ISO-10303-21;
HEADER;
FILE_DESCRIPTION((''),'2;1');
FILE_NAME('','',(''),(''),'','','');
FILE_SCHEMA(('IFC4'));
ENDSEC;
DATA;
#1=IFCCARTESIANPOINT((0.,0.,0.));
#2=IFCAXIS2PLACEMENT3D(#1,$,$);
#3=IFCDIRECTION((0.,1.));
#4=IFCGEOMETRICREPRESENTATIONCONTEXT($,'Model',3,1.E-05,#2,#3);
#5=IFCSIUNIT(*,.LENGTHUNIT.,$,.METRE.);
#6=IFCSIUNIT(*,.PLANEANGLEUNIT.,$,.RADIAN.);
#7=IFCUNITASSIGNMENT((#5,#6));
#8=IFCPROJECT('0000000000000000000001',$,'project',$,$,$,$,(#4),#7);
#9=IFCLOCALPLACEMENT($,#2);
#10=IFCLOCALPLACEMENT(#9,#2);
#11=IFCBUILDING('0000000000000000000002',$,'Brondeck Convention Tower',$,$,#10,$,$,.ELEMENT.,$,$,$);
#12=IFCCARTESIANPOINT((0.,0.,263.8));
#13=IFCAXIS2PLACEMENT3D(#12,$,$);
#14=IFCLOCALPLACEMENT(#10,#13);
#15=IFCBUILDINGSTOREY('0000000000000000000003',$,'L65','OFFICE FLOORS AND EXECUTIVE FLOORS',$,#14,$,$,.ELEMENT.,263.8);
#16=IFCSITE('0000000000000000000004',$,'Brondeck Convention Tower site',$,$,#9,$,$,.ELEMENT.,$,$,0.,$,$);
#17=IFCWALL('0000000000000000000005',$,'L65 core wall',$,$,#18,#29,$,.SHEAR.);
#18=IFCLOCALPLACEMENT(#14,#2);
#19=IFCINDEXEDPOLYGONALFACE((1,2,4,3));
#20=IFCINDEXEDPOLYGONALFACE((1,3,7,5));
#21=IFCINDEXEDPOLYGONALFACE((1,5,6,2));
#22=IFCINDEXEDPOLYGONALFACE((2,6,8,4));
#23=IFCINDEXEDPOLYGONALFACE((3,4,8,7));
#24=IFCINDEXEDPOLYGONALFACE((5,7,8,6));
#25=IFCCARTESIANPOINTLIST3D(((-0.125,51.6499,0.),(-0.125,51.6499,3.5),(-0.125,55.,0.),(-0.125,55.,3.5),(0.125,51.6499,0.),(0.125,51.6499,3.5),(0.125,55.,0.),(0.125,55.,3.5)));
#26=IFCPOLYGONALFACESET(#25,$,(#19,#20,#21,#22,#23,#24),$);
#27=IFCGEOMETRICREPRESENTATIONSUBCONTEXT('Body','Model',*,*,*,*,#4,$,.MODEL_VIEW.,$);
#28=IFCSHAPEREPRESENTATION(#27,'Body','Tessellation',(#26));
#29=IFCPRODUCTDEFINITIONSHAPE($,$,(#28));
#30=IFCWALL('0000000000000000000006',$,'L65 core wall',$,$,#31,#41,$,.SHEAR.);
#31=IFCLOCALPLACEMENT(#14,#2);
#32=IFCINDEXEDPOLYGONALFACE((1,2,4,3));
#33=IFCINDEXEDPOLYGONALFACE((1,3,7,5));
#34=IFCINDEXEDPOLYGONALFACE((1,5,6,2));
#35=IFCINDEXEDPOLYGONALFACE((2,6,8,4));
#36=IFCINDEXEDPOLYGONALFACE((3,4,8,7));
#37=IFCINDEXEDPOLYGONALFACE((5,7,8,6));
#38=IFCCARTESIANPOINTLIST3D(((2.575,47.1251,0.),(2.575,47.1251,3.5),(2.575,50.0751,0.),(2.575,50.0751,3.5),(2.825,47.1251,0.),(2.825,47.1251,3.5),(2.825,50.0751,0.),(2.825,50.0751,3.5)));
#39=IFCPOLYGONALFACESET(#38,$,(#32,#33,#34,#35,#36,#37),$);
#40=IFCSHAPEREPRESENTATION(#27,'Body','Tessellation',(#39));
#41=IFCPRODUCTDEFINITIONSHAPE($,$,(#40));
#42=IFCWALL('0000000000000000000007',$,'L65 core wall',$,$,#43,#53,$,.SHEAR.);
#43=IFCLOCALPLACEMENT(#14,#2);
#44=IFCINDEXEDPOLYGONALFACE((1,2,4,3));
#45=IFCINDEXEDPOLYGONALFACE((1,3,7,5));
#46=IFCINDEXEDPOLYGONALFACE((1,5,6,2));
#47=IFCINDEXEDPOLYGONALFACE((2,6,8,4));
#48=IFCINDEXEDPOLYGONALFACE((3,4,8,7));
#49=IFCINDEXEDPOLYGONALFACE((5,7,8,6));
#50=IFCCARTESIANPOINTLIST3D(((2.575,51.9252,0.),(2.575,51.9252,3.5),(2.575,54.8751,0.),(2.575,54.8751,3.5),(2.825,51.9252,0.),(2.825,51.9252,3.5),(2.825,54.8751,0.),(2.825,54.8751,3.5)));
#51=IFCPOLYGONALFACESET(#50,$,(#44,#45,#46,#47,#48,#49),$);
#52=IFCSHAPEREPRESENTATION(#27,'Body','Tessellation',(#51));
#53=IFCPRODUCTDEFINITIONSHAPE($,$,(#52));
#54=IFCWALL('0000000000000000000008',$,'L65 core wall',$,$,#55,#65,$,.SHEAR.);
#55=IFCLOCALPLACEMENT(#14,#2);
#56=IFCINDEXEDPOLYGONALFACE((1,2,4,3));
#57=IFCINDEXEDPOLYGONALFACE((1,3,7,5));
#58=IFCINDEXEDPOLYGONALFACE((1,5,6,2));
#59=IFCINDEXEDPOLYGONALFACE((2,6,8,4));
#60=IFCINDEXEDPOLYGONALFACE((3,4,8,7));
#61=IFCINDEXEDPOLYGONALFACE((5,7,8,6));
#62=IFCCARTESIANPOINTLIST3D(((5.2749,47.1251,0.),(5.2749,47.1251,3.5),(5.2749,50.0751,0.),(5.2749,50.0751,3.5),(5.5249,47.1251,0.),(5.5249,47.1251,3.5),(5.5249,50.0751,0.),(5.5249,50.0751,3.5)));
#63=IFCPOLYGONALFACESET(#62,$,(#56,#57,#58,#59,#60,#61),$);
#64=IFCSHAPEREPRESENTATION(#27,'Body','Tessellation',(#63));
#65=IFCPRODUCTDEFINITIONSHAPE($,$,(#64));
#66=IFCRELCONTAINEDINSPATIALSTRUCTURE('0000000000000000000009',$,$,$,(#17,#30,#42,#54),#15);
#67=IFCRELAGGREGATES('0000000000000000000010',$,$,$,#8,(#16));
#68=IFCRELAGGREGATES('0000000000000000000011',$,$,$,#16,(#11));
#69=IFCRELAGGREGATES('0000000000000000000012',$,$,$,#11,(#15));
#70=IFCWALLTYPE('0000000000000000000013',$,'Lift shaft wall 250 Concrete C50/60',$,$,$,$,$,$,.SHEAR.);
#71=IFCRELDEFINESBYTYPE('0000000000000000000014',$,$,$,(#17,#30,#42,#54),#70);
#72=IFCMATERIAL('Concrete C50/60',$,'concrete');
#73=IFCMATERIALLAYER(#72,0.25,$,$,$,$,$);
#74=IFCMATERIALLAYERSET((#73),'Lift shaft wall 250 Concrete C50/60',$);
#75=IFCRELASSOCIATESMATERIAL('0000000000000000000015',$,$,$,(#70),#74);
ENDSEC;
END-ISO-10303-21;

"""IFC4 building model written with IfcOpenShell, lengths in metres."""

from ifc_helpers import new_model, si_unit, direction, frame, frame_2d, origin, place, context, subcontext, project, spatial, rectangle, extrude, material, layer, layer_set, type_object, element, save


model = new_model("IFC4")

# Units and contexts
model_context = context("Model", 3, precision=1e-05, world=origin(), true_north=direction((0.0, 1.0)))
body_context = subcontext(model_context, "Body", "Model", "MODEL_VIEW")
ifc_project = project(units=[si_unit("LENGTHUNIT", "METRE"), si_unit("PLANEANGLEUNIT", "RADIAN")], contexts=[model_context])

# Site, building, storey
site_placement = place(None, origin())
site = spatial("IfcSite", under=ifc_project, at=site_placement, Name="Brondeck Convention Tower site", CompositionType="ELEMENT", RefElevation=0.0)
building_placement = place(site_placement, origin())
building = spatial("IfcBuilding", under=site, at=building_placement, Name="Brondeck Convention Tower", CompositionType="ELEMENT")
storey_placement = place(building_placement, frame((0.0, 0.0, 263.8)))
storey = spatial("IfcBuildingStorey", under=building, at=storey_placement, Name="L65", Description="OFFICE FLOORS AND EXECUTIVE FLOORS", CompositionType="ELEMENT", Elevation=263.8)

# Shared definitions
ifc_material_1 = material(Name="Concrete C50/60", Category="concrete")

# Shared definitions
ifc_layer_1 = layer(ifc_material_1, 0.25)
ifc_layer_set_1 = layer_set([ifc_layer_1], Name="Lift shaft wall 250 Concrete C50/60")
wall_type_1 = type_object("IfcWallType", Name="Lift shaft wall 250 Concrete C50/60", PredefinedType="SHEAR", material=ifc_layer_set_1)

# Walls
wall_1_placement = place(storey_placement, frame((0.0, 51.6499, 0.0), z_axis=(0.0, 0.0, 1.0), x_axis=(0.0, 1.0, 0.0)))
element("IfcWall", 1, at=wall_1_placement, inside=storey, type_object=wall_type_1, Name="L65 core wall", PredefinedType="SHEAR", context=body_context, shape_type="SweptSolid", body=[
    extrude(rectangle(XDim=3.3501, YDim=0.25, at=frame_2d((1.675, 0.0))), origin(), (0.0, 0.0, 1.0), 3.5),
])
for number, where, z_axis, x_axis, name in (
    (2, (2.7, 47.125, 0.0), (0.0, 0.0, 1.0), (0.0, 1.0, 0.0), "L65 core wall"),
    (3, (2.7, 51.925, 0.0), (0.0, 0.0, 1.0), (0.0, 1.0, 0.0), "L65 core wall"),
    (4, (5.3999, 47.125, 0.0), (0.0, 0.0, 1.0), (0.0, 1.0, 0.0), "L65 core wall"),
):
    element("IfcWall", number, at=place(storey_placement, frame(where, z_axis=z_axis, x_axis=x_axis)), inside=storey, type_object=wall_type_1, Name=name, PredefinedType="SHEAR", context=body_context, shape_type="SweptSolid", body=[
        extrude(rectangle(XDim=2.95, YDim=0.25, at=frame_2d((1.4751, 0.0))), origin(), (0.0, 0.0, 1.0), 3.5),
    ])

save(model, "model.ifc")
